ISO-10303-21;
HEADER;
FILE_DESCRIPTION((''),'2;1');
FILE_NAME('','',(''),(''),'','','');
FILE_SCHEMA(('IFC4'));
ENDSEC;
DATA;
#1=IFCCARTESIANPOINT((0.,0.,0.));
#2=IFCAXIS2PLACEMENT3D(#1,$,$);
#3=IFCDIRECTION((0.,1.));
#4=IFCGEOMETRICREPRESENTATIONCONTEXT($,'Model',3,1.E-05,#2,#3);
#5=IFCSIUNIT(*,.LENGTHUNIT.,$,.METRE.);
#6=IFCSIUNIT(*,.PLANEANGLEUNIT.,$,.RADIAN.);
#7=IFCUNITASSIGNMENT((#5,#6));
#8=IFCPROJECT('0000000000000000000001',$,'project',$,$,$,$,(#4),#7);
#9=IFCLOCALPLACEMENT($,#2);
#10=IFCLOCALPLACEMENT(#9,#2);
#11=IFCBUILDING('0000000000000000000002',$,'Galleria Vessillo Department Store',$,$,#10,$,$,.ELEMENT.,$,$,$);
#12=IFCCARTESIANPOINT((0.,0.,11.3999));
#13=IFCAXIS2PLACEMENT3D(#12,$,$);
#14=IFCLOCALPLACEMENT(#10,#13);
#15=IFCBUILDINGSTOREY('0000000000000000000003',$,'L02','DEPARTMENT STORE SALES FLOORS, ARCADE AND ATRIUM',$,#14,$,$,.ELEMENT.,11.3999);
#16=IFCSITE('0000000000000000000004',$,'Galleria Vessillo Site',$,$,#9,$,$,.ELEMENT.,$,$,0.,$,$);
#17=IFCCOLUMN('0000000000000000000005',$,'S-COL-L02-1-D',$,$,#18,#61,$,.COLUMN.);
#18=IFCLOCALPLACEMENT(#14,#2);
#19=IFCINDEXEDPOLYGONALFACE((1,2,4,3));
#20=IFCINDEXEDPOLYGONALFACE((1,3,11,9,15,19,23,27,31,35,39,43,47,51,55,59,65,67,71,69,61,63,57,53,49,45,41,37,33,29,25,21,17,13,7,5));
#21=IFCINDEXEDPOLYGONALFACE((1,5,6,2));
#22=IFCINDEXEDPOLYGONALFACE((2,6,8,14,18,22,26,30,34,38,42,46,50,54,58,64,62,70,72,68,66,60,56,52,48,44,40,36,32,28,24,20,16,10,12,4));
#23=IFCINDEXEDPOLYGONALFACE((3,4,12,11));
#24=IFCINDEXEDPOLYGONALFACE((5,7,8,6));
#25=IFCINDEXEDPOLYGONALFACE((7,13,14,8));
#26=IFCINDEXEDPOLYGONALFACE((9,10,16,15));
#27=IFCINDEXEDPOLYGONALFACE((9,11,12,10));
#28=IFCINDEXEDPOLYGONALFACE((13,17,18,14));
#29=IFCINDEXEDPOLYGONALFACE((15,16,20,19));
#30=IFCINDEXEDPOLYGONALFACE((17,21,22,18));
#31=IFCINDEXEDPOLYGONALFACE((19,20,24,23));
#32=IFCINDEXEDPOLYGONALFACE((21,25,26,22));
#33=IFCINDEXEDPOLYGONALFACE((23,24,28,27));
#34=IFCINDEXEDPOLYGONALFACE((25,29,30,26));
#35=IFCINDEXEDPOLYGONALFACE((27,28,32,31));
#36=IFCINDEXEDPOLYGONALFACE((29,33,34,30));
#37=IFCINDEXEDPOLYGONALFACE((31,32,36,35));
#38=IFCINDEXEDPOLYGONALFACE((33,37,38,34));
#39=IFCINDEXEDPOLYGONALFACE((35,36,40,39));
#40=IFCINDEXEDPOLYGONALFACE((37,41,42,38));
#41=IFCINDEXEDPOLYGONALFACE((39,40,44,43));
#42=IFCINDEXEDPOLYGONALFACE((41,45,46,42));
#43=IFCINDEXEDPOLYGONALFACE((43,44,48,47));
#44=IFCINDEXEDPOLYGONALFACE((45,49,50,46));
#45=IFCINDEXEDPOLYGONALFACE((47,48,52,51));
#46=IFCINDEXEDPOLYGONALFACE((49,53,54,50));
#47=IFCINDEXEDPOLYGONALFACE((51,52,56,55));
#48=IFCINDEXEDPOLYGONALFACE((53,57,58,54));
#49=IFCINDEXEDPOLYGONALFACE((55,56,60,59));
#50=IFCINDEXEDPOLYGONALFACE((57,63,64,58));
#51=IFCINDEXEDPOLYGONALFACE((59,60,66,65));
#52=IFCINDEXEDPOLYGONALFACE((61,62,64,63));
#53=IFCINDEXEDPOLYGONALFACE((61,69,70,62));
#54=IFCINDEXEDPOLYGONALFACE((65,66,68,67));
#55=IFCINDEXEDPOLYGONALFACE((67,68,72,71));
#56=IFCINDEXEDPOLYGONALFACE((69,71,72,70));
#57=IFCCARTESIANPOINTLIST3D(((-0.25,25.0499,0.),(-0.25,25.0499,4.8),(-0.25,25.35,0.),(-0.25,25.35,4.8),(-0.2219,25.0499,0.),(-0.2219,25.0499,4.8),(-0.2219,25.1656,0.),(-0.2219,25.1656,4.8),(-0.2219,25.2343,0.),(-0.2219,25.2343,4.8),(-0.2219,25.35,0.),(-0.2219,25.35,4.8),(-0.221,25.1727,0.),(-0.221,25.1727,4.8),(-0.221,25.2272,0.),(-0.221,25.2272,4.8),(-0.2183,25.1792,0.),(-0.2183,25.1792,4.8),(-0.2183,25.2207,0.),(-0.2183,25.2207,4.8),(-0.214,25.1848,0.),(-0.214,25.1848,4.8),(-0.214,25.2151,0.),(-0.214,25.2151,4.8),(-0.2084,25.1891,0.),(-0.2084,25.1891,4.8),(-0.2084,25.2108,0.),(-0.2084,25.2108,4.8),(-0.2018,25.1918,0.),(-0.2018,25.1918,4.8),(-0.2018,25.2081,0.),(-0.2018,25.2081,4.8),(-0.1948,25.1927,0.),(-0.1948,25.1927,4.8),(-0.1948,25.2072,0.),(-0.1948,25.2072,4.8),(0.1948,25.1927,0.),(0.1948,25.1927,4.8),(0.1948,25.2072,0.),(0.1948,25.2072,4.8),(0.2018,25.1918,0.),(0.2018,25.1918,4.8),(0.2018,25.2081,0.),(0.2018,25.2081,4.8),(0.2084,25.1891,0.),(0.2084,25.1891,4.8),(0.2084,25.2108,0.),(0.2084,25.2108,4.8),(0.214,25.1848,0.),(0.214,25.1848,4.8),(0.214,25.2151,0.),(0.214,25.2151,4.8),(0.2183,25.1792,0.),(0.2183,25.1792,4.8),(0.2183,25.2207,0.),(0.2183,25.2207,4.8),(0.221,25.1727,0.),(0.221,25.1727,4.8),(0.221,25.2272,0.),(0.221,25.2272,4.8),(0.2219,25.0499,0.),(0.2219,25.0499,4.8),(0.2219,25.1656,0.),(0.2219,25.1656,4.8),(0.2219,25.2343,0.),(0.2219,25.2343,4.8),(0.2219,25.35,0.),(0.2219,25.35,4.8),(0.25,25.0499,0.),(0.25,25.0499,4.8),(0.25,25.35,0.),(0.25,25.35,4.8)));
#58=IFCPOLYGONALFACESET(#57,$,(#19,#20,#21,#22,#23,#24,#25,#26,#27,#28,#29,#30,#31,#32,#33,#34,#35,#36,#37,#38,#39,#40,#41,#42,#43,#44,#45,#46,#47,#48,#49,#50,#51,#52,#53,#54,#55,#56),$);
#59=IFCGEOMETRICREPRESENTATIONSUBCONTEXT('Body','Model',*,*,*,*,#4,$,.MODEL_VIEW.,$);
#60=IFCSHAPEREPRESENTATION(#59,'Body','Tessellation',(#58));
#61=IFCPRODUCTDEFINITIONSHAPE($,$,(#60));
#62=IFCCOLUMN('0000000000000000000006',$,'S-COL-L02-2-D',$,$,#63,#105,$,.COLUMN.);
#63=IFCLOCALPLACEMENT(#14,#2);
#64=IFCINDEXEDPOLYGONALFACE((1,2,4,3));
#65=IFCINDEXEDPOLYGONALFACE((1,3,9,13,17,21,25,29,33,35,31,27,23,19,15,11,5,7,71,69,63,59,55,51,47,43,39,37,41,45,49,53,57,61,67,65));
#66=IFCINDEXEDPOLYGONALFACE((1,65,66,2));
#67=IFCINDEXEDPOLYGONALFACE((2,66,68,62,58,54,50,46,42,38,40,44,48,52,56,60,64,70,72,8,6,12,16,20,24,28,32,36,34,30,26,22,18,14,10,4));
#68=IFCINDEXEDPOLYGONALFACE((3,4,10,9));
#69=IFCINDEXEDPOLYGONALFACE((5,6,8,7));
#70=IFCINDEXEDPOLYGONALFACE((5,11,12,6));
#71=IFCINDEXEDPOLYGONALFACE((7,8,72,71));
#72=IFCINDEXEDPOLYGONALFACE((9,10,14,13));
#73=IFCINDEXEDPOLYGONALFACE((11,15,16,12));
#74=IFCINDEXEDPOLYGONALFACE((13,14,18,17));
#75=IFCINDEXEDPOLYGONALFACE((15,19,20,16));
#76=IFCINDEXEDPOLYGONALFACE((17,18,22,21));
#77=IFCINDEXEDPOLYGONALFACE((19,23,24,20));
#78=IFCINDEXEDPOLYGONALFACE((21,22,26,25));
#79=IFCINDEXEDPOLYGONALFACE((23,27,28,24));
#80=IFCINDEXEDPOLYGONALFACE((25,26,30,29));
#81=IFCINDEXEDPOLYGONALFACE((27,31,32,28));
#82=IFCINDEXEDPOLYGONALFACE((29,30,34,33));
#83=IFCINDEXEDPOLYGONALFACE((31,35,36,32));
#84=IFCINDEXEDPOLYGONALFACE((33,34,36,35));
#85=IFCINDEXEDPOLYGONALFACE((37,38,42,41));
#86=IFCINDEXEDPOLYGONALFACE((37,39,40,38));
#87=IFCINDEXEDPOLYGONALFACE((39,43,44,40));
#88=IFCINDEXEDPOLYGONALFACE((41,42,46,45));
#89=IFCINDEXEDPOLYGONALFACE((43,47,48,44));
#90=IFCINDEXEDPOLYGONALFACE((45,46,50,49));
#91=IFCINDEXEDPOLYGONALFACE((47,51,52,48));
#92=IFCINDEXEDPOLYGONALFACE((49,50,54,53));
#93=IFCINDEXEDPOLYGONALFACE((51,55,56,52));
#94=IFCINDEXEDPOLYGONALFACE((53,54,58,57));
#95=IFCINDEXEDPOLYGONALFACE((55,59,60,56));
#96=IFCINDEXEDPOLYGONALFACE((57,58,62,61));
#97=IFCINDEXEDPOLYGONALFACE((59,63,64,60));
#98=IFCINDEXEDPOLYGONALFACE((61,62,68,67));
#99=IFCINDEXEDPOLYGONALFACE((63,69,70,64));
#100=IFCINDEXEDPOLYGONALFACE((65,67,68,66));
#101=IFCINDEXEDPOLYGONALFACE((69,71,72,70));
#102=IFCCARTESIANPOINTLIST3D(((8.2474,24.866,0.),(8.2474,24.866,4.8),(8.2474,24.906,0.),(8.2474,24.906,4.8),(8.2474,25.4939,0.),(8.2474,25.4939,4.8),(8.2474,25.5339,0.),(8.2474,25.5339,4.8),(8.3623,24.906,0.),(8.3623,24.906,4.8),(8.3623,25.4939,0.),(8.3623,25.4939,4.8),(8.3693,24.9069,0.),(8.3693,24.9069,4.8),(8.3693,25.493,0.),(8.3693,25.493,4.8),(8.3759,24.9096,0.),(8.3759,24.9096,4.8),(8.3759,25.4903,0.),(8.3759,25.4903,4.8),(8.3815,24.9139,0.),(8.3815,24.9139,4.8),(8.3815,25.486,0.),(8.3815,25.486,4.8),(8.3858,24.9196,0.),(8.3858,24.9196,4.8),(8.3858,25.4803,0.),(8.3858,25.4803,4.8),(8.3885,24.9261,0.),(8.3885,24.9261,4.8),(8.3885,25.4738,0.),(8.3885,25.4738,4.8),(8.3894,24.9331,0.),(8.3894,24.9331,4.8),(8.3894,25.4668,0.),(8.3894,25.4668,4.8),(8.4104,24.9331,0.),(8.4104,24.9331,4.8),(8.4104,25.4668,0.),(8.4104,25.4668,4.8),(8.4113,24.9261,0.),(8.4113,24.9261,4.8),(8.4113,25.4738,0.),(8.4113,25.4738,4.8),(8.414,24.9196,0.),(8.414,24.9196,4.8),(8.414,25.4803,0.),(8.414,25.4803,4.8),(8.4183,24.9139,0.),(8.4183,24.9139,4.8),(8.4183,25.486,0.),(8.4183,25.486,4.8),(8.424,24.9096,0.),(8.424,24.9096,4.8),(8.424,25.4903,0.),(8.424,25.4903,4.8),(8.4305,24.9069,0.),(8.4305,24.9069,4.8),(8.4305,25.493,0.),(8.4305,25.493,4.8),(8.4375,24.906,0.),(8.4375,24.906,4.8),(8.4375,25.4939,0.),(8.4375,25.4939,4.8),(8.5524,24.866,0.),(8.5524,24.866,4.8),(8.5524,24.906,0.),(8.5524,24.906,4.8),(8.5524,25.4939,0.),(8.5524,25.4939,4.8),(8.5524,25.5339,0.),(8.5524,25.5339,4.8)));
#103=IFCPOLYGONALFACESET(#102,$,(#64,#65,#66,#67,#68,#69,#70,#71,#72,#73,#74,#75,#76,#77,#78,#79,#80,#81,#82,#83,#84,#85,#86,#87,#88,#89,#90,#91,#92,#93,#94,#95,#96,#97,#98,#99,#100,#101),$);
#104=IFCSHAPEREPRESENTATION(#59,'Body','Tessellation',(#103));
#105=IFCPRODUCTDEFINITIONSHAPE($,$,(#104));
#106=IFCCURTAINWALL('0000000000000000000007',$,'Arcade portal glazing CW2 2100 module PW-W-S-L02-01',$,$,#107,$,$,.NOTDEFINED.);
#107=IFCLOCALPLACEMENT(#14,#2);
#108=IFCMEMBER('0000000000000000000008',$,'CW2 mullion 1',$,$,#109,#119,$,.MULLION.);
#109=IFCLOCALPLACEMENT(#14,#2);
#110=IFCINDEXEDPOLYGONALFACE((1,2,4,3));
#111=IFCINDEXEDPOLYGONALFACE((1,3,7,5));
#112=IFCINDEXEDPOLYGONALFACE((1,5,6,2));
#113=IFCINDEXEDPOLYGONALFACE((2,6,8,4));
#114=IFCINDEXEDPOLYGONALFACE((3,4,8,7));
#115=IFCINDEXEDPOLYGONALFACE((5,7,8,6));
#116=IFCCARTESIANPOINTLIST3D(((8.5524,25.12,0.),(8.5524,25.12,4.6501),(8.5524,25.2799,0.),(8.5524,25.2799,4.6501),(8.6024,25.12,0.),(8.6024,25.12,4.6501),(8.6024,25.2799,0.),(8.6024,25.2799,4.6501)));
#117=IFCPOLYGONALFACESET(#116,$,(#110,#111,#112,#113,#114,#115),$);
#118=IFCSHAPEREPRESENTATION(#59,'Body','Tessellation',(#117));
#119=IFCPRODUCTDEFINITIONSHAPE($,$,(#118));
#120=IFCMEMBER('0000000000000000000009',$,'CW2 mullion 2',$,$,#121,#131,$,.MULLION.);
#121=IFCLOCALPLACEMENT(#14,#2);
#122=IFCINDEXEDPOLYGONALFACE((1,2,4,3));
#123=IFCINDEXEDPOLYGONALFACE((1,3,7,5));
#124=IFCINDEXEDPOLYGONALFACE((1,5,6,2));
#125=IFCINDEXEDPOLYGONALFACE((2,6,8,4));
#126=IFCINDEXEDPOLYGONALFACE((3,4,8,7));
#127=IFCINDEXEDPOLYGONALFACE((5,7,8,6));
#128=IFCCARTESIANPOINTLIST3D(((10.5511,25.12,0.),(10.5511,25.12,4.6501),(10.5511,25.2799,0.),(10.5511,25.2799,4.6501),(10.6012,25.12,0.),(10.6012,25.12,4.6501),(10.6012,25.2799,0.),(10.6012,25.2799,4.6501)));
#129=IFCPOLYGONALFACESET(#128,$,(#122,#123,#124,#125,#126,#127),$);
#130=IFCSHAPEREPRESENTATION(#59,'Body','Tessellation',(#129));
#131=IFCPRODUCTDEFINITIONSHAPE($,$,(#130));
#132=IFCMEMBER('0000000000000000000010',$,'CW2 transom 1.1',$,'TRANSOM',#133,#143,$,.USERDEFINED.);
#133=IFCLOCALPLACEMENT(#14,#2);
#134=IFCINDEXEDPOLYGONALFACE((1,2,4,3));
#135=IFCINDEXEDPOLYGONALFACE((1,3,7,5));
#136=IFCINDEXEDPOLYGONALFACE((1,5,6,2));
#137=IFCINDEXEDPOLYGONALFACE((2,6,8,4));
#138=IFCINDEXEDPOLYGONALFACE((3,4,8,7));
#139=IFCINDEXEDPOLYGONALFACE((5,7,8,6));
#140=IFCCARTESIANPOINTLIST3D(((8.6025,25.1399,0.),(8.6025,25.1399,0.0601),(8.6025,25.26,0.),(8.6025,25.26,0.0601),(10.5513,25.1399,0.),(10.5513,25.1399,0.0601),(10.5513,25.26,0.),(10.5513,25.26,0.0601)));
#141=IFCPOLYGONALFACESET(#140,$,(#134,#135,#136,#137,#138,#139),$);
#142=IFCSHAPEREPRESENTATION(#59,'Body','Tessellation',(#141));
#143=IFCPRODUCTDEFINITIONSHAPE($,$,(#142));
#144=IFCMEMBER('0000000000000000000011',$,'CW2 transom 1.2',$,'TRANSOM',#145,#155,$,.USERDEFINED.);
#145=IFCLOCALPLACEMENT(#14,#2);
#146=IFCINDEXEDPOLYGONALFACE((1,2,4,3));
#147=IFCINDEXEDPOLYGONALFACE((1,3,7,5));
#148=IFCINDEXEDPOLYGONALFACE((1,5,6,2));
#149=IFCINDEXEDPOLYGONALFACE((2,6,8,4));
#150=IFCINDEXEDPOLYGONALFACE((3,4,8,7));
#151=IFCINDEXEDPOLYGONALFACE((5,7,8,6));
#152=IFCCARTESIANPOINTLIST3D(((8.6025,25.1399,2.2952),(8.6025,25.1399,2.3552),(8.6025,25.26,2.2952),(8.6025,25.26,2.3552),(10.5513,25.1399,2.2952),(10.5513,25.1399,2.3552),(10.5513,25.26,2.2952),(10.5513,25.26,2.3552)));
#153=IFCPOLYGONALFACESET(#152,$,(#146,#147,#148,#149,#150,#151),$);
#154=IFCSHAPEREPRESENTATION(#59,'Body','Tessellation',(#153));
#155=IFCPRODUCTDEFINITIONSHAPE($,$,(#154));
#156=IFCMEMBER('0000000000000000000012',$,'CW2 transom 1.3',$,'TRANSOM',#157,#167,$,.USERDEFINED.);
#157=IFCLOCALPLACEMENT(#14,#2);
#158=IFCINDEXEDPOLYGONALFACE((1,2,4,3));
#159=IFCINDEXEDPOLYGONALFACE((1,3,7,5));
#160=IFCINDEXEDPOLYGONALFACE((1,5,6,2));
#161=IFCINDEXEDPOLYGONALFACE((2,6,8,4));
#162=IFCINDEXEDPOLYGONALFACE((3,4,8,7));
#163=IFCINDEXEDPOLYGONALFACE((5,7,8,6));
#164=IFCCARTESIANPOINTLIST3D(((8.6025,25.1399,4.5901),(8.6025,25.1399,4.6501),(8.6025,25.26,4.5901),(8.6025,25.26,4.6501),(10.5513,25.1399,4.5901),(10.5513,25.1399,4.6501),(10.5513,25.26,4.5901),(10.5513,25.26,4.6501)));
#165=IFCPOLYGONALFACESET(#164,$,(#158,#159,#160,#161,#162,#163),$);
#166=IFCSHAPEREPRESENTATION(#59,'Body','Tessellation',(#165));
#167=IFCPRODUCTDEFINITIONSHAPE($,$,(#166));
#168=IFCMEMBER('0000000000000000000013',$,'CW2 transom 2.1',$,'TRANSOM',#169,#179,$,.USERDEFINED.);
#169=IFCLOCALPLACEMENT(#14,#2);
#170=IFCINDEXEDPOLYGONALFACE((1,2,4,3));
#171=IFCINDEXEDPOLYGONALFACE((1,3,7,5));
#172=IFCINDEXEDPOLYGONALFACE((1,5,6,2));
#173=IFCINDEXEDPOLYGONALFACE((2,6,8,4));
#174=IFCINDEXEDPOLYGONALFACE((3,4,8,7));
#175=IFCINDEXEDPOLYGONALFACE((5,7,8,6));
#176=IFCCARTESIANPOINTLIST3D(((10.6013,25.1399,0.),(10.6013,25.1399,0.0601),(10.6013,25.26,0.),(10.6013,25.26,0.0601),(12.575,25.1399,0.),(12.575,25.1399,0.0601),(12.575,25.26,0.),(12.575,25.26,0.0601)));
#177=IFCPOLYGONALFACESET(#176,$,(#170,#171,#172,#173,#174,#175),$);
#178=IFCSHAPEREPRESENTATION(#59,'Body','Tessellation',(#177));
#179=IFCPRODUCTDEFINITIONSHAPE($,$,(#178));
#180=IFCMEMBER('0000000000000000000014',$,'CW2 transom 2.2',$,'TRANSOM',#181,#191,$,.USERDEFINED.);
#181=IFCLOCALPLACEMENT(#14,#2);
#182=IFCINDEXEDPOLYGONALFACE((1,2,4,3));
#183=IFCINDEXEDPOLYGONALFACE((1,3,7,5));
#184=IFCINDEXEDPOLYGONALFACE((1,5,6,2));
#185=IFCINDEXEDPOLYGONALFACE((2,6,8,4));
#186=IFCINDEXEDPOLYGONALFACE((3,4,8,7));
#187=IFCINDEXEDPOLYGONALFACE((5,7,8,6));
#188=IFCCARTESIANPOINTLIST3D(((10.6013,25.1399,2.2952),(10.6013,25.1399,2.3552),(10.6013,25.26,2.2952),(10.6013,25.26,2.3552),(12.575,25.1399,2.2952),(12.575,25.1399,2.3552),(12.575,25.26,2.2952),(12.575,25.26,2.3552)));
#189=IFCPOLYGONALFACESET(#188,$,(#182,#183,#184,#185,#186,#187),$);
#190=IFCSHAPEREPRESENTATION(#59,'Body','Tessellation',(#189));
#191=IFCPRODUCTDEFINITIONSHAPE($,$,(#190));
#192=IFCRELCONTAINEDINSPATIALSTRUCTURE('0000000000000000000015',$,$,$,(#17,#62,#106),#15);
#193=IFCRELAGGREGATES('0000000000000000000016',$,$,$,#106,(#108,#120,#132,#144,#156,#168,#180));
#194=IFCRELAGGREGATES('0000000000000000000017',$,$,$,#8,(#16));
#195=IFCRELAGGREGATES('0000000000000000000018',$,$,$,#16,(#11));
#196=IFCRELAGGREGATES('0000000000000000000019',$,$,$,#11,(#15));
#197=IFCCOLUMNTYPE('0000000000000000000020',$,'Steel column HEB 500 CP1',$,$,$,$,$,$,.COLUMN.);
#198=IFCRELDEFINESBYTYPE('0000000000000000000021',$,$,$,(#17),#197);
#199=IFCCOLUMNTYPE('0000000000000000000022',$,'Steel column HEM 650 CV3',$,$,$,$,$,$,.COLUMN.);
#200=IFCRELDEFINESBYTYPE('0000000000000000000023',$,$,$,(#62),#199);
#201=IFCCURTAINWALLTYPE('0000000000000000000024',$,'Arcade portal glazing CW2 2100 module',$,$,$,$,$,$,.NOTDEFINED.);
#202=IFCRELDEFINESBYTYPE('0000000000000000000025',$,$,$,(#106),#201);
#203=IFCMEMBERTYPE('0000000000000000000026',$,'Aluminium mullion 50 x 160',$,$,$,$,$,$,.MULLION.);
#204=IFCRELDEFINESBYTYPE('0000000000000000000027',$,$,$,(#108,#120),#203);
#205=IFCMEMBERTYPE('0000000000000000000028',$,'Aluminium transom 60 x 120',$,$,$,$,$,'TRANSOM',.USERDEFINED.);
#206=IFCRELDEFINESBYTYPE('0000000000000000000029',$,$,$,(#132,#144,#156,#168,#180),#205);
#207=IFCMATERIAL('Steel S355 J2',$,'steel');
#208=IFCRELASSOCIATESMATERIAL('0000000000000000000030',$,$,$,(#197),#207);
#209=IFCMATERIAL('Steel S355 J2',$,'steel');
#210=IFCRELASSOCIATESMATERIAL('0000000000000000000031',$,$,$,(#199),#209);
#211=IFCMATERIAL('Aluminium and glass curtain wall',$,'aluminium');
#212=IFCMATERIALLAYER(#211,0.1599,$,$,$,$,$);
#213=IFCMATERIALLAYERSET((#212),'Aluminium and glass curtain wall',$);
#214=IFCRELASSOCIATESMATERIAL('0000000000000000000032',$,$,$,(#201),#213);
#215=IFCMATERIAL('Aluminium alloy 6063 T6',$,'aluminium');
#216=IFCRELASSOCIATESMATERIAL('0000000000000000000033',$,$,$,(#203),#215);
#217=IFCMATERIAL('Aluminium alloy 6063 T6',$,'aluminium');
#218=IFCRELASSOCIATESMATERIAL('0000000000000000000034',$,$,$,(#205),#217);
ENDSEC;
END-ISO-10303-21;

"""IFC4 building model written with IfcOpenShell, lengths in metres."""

from ifc_helpers import new_model, si_unit, direction, frame, origin, origin_2d, place, context, subcontext, project, spatial, rectangle, i_section, extrude, material, layer, layer_set, material_profile, profile_set, type_object, element, aggregate, save


model = new_model("IFC4")

# Units and contexts
model_context = context("Model", 3, precision=1e-05, world=origin(), true_north=direction((0.0, 1.0)))
body_context = subcontext(model_context, "Body", "Model", "MODEL_VIEW")
ifc_project = project(units=[si_unit("LENGTHUNIT", "METRE"), si_unit("PLANEANGLEUNIT", "RADIAN")], contexts=[model_context])

# Site, building, storey
site_placement = place(None, origin())
site = spatial("IfcSite", under=ifc_project, at=site_placement, Name="Galleria Vessillo Site", CompositionType="ELEMENT", RefElevation=0.0)
building_placement = place(site_placement, origin())
building = spatial("IfcBuilding", under=site, at=building_placement, Name="Galleria Vessillo Department Store", CompositionType="ELEMENT")
storey_placement = place(building_placement, frame((0.0, 0.0, 11.3999)))
storey = spatial("IfcBuildingStorey", under=building, at=storey_placement, Name="L02", Description="DEPARTMENT STORE SALES FLOORS, ARCADE AND ATRIUM", CompositionType="ELEMENT", Elevation=11.3999)

# Columns
ifc_material_1 = material(Name="Steel S355 J2", Category="steel")
ifc_material_profile_1 = material_profile(ifc_material_1, i_section(OverallWidth=0.3, OverallDepth=0.5, WebThickness=0.0144, FlangeThickness=0.0281, FilletRadius=0.0271, at=origin_2d()), Name="HEB 500")
ifc_profile_set_1 = profile_set([ifc_material_profile_1], Name="Steel S355 J2")
column_type_1 = type_object("IfcColumnType", Name="Steel column HEB 500 CP1", PredefinedType="COLUMN", material=ifc_profile_set_1)
column_1_placement = place(storey_placement, frame((0.0, 25.2, 0.0), z_axis=(0.0, 0.0, 1.0), x_axis=(0.0, 1.0, 0.0)))
element("IfcColumn", 1, at=column_1_placement, inside=storey, type_object=column_type_1, Name="S-COL-L02-1-D", PredefinedType="COLUMN", context=body_context, shape_type="SweptSolid", body=[
    extrude(i_section(OverallWidth=0.3, OverallDepth=0.5, WebThickness=0.0144, FlangeThickness=0.0281, FilletRadius=0.0271, at=origin_2d()), origin(), (0.0, 0.0, 1.0), 4.8),
])
ifc_material_2 = material(Name="Steel S355 J2", Category="steel")
ifc_material_profile_2 = material_profile(ifc_material_2, i_section(OverallWidth=0.3049, OverallDepth=0.668, WebThickness=0.021, FlangeThickness=0.04, FilletRadius=0.0271, at=origin_2d()), Name="HEM 650")
ifc_profile_set_2 = profile_set([ifc_material_profile_2], Name="Steel S355 J2")
column_type_2 = type_object("IfcColumnType", Name="Steel column HEM 650 CV3", PredefinedType="COLUMN", material=ifc_profile_set_2)
column_2_placement = place(storey_placement, frame((8.3999, 25.2, 0.0), z_axis=(0.0, 0.0, 1.0), x_axis=(1.0, 0.0, 0.0)))
element("IfcColumn", 2, at=column_2_placement, inside=storey, type_object=column_type_2, Name="S-COL-L02-2-D", PredefinedType="COLUMN", context=body_context, shape_type="SweptSolid", body=[
    extrude(i_section(OverallWidth=0.3049, OverallDepth=0.668, WebThickness=0.021, FlangeThickness=0.04, FilletRadius=0.0271, at=origin_2d()), origin(), (0.0, 0.0, 1.0), 4.8),
])

# Curtain wall, members
ifc_material_3 = material(Name="Aluminium and glass curtain wall", Category="aluminium")
ifc_layer_1 = layer(ifc_material_3, 0.1599)
ifc_layer_set_1 = layer_set([ifc_layer_1], Name="Aluminium and glass curtain wall")
curtain_wall_type = type_object("IfcCurtainWallType", Name="Arcade portal glazing CW2 2100 module", PredefinedType="NOTDEFINED", material=ifc_layer_set_1)
curtain_wall_placement = place(storey_placement, origin())
curtain_wall = element("IfcCurtainWall", 3, at=curtain_wall_placement, inside=storey, type_object=curtain_wall_type, Name="Arcade portal glazing CW2 2100 module PW-W-S-L02-01", PredefinedType="NOTDEFINED")
ifc_material_4 = material(Name="Aluminium alloy 6063 T6", Category="aluminium")
ifc_material_profile_3 = material_profile(ifc_material_4, rectangle(XDim=0.1599, YDim=0.05, at=origin_2d()), Name="AL 50x160")
ifc_profile_set_3 = profile_set([ifc_material_profile_3], Name="Aluminium alloy 6063 T6")
member_type_1 = type_object("IfcMemberType", Name="Aluminium mullion 50 x 160", PredefinedType="MULLION", material=ifc_profile_set_3)
member_1_placement = place(storey_placement, frame((8.5774, 25.2, 0.0), z_axis=(0.0, 0.0, 1.0), x_axis=(0.0, 1.0, 0.0)))
member_1 = element("IfcMember", 4, at=member_1_placement, type_object=member_type_1, Name="CW2 mullion 1", PredefinedType="MULLION", context=body_context, shape_type="SweptSolid", body=[
    extrude(rectangle(XDim=0.1599, YDim=0.05, at=origin_2d()), origin(), (0.0, 0.0, 1.0), 4.6501),
])
member_2_placement = place(storey_placement, frame((10.5762, 25.2, 0.0), z_axis=(0.0, 0.0, 1.0), x_axis=(0.0, 1.0, 0.0)))
member_2 = element("IfcMember", 5, at=member_2_placement, type_object=member_type_1, Name="CW2 mullion 2", PredefinedType="MULLION", context=body_context, shape_type="SweptSolid", body=[
    extrude(rectangle(XDim=0.1599, YDim=0.05, at=origin_2d()), origin(), (0.0, 0.0, 1.0), 4.6501),
])
ifc_material_5 = material(Name="Aluminium alloy 6063 T6", Category="aluminium")
ifc_material_profile_4 = material_profile(ifc_material_5, rectangle(XDim=0.1201, YDim=0.0601, at=origin_2d()), Name="AL 60x120")
ifc_profile_set_4 = profile_set([ifc_material_profile_4], Name="Aluminium alloy 6063 T6")
member_type_2 = type_object("IfcMemberType", Name="Aluminium transom 60 x 120", ElementType="TRANSOM", PredefinedType="USERDEFINED", material=ifc_profile_set_4)
member_3_placement = place(storey_placement, frame((8.6025, 25.2, 0.03), z_axis=(1.0, 0.0, 0.0), x_axis=(0.0, 1.0, 0.0)))
member_3 = element("IfcMember", 6, at=member_3_placement, type_object=member_type_2, Name="CW2 transom 1.1", ObjectType="TRANSOM", PredefinedType="USERDEFINED", context=body_context, shape_type="SweptSolid", body=[
    extrude(rectangle(XDim=0.1201, YDim=0.0601, at=origin_2d()), origin(), (0.0, 0.0, 1.0), 1.9487),
])
member_4_placement = place(storey_placement, frame((8.6025, 25.2, 2.3252), z_axis=(1.0, 0.0, 0.0), x_axis=(0.0, 1.0, 0.0)))
member_4 = element("IfcMember", 7, at=member_4_placement, type_object=member_type_2, Name="CW2 transom 1.2", ObjectType="TRANSOM", PredefinedType="USERDEFINED", context=body_context, shape_type="SweptSolid", body=[
    extrude(rectangle(XDim=0.1201, YDim=0.0601, at=origin_2d()), origin(), (0.0, 0.0, 1.0), 1.9487),
])
member_5_placement = place(storey_placement, frame((8.6025, 25.2, 4.6201), z_axis=(1.0, 0.0, 0.0), x_axis=(0.0, 1.0, 0.0)))
member_5 = element("IfcMember", 8, at=member_5_placement, type_object=member_type_2, Name="CW2 transom 1.3", ObjectType="TRANSOM", PredefinedType="USERDEFINED", context=body_context, shape_type="SweptSolid", body=[
    extrude(rectangle(XDim=0.1201, YDim=0.0601, at=origin_2d()), origin(), (0.0, 0.0, 1.0), 1.9487),
])
member_6_placement = place(storey_placement, frame((10.6013, 25.2, 0.03), z_axis=(1.0, 0.0, 0.0), x_axis=(0.0, 1.0, 0.0)))
member_6 = element("IfcMember", 9, at=member_6_placement, type_object=member_type_2, Name="CW2 transom 2.1", ObjectType="TRANSOM", PredefinedType="USERDEFINED", context=body_context, shape_type="SweptSolid", body=[
    extrude(rectangle(XDim=0.1201, YDim=0.0601, at=origin_2d()), origin(), (0.0, 0.0, 1.0), 1.9736),
])
member_7_placement = place(storey_placement, frame((10.6013, 25.2, 2.3252), z_axis=(1.0, 0.0, 0.0), x_axis=(0.0, 1.0, 0.0)))
member_7 = element("IfcMember", 10, at=member_7_placement, type_object=member_type_2, Name="CW2 transom 2.2", ObjectType="TRANSOM", PredefinedType="USERDEFINED", context=body_context, shape_type="SweptSolid", body=[
    extrude(rectangle(XDim=0.1201, YDim=0.0601, at=origin_2d()), origin(), (0.0, 0.0, 1.0), 1.9736),
])

aggregate(curtain_wall, [member_1, member_2, member_3, member_4, member_5, member_6, member_7])

save(model, "model.ifc")
